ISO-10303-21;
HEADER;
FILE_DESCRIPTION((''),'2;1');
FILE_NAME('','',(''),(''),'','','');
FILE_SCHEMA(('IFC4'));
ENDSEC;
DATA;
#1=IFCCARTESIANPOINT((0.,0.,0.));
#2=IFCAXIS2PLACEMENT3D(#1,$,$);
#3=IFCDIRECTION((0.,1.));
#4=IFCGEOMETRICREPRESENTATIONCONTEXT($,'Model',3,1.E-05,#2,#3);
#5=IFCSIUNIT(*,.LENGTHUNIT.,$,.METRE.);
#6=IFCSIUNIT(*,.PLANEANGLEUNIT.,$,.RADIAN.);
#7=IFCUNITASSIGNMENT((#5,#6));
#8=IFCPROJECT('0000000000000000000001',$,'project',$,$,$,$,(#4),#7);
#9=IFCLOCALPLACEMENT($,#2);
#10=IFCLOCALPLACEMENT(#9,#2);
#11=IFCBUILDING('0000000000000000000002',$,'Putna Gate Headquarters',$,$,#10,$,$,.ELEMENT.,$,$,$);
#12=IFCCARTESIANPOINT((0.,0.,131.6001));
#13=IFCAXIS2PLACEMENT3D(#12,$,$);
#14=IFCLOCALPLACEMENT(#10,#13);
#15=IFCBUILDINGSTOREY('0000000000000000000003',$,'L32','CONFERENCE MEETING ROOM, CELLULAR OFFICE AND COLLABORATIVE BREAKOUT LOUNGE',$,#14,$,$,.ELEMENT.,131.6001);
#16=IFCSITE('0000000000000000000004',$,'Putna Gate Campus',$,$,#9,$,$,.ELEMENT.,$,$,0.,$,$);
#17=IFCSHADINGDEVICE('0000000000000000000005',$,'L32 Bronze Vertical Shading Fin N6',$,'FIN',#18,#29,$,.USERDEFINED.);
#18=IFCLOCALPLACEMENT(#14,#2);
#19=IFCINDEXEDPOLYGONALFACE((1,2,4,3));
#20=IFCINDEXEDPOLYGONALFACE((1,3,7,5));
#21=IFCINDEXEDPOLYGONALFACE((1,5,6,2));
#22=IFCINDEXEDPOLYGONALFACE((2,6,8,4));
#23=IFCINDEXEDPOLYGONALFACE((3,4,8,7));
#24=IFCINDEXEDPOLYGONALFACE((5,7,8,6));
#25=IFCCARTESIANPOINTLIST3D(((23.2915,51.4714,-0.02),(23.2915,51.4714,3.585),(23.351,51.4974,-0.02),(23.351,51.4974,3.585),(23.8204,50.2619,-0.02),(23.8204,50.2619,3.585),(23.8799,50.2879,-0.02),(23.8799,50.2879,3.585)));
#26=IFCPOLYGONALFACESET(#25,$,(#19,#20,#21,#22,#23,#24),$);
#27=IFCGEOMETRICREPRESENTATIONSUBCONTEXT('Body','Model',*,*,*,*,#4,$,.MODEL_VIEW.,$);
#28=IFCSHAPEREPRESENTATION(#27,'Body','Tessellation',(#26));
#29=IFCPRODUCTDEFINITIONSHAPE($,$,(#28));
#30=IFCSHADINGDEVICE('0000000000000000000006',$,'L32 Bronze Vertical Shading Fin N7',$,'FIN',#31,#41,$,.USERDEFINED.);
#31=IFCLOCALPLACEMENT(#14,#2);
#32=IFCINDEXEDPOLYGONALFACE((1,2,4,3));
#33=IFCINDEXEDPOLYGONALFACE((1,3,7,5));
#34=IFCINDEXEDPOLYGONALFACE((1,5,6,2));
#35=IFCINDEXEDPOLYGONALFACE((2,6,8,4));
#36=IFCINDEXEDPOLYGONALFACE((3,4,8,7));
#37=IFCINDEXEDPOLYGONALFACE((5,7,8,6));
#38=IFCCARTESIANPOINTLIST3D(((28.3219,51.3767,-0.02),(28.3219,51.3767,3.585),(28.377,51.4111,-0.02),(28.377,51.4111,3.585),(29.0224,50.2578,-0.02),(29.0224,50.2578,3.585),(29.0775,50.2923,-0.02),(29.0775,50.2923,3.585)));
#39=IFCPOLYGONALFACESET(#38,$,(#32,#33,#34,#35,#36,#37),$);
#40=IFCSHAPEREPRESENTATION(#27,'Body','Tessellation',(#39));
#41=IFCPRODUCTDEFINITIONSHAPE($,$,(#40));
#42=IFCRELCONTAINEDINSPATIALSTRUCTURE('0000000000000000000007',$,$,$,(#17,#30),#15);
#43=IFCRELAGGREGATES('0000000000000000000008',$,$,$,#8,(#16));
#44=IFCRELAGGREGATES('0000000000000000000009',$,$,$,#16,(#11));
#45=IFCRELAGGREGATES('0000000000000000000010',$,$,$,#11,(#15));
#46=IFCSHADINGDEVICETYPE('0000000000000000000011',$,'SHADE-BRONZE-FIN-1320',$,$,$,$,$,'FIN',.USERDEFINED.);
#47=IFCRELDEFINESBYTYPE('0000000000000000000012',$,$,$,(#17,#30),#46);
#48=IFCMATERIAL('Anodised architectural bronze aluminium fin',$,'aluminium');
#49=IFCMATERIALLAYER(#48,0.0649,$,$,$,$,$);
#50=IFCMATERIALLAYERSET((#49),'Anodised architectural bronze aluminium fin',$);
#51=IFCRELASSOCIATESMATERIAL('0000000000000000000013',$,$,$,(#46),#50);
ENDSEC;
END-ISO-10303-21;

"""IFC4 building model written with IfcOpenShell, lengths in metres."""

from ifc_helpers import new_model, si_unit, direction, frame, origin, origin_2d, place, context, subcontext, project, spatial, rectangle, extrude, material, layer, layer_set, type_object, element, save


model = new_model("IFC4")

# Units and contexts
model_context = context("Model", 3, precision=1e-05, world=origin(), true_north=direction((0.0, 1.0)))
body_context = subcontext(model_context, "Body", "Model", "MODEL_VIEW")
ifc_project = project(units=[si_unit("LENGTHUNIT", "METRE"), si_unit("PLANEANGLEUNIT", "RADIAN")], contexts=[model_context])

# Site, building, storey
site_placement = place(None, origin())
site = spatial("IfcSite", under=ifc_project, at=site_placement, Name="Putna Gate Campus", CompositionType="ELEMENT", RefElevation=0.0)
building_placement = place(site_placement, origin())
building = spatial("IfcBuilding", under=site, at=building_placement, Name="Putna Gate Headquarters", CompositionType="ELEMENT")
storey_placement = place(building_placement, frame((0.0, 0.0, 131.6001)))
storey = spatial("IfcBuildingStorey", under=building, at=storey_placement, Name="L32", Description="CONFERENCE MEETING ROOM, CELLULAR OFFICE AND COLLABORATIVE BREAKOUT LOUNGE", CompositionType="ELEMENT", Elevation=131.6001)

# Shading devices
ifc_material_1 = material(Name="Anodised architectural bronze aluminium fin", Category="aluminium")
ifc_layer_1 = layer(ifc_material_1, 0.0649)
ifc_layer_set_1 = layer_set([ifc_layer_1], Name="Anodised architectural bronze aluminium fin")
shading_device_type = type_object("IfcShadingDeviceType", Name="SHADE-BRONZE-FIN-1320", ElementType="FIN", PredefinedType="USERDEFINED", material=ifc_layer_set_1)
for number, where, z_axis, x_axis, name in (
    (1, (23.5857, 50.8796, -0.02), (0.0, 0.0, 1.0), (-0.400669, 0.916223, 0.0), "L32 Bronze Vertical Shading Fin N6"),
    (2, (28.6997, 50.8345, -0.02), (0.0, 0.0, 1.0), (-0.530659, 0.847585, 0.0), "L32 Bronze Vertical Shading Fin N7"),
):
    element("IfcShadingDevice", number, at=place(storey_placement, frame(where, z_axis=z_axis, x_axis=x_axis)), inside=storey, type_object=shading_device_type, Name=name, ObjectType="FIN", PredefinedType="USERDEFINED", context=body_context, shape_type="SweptSolid", body=[
        extrude(rectangle(XDim=1.3201, YDim=0.0649, at=origin_2d()), origin(), (0.0, 0.0, 1.0), 3.605),
    ])

save(model, "model.ifc")
